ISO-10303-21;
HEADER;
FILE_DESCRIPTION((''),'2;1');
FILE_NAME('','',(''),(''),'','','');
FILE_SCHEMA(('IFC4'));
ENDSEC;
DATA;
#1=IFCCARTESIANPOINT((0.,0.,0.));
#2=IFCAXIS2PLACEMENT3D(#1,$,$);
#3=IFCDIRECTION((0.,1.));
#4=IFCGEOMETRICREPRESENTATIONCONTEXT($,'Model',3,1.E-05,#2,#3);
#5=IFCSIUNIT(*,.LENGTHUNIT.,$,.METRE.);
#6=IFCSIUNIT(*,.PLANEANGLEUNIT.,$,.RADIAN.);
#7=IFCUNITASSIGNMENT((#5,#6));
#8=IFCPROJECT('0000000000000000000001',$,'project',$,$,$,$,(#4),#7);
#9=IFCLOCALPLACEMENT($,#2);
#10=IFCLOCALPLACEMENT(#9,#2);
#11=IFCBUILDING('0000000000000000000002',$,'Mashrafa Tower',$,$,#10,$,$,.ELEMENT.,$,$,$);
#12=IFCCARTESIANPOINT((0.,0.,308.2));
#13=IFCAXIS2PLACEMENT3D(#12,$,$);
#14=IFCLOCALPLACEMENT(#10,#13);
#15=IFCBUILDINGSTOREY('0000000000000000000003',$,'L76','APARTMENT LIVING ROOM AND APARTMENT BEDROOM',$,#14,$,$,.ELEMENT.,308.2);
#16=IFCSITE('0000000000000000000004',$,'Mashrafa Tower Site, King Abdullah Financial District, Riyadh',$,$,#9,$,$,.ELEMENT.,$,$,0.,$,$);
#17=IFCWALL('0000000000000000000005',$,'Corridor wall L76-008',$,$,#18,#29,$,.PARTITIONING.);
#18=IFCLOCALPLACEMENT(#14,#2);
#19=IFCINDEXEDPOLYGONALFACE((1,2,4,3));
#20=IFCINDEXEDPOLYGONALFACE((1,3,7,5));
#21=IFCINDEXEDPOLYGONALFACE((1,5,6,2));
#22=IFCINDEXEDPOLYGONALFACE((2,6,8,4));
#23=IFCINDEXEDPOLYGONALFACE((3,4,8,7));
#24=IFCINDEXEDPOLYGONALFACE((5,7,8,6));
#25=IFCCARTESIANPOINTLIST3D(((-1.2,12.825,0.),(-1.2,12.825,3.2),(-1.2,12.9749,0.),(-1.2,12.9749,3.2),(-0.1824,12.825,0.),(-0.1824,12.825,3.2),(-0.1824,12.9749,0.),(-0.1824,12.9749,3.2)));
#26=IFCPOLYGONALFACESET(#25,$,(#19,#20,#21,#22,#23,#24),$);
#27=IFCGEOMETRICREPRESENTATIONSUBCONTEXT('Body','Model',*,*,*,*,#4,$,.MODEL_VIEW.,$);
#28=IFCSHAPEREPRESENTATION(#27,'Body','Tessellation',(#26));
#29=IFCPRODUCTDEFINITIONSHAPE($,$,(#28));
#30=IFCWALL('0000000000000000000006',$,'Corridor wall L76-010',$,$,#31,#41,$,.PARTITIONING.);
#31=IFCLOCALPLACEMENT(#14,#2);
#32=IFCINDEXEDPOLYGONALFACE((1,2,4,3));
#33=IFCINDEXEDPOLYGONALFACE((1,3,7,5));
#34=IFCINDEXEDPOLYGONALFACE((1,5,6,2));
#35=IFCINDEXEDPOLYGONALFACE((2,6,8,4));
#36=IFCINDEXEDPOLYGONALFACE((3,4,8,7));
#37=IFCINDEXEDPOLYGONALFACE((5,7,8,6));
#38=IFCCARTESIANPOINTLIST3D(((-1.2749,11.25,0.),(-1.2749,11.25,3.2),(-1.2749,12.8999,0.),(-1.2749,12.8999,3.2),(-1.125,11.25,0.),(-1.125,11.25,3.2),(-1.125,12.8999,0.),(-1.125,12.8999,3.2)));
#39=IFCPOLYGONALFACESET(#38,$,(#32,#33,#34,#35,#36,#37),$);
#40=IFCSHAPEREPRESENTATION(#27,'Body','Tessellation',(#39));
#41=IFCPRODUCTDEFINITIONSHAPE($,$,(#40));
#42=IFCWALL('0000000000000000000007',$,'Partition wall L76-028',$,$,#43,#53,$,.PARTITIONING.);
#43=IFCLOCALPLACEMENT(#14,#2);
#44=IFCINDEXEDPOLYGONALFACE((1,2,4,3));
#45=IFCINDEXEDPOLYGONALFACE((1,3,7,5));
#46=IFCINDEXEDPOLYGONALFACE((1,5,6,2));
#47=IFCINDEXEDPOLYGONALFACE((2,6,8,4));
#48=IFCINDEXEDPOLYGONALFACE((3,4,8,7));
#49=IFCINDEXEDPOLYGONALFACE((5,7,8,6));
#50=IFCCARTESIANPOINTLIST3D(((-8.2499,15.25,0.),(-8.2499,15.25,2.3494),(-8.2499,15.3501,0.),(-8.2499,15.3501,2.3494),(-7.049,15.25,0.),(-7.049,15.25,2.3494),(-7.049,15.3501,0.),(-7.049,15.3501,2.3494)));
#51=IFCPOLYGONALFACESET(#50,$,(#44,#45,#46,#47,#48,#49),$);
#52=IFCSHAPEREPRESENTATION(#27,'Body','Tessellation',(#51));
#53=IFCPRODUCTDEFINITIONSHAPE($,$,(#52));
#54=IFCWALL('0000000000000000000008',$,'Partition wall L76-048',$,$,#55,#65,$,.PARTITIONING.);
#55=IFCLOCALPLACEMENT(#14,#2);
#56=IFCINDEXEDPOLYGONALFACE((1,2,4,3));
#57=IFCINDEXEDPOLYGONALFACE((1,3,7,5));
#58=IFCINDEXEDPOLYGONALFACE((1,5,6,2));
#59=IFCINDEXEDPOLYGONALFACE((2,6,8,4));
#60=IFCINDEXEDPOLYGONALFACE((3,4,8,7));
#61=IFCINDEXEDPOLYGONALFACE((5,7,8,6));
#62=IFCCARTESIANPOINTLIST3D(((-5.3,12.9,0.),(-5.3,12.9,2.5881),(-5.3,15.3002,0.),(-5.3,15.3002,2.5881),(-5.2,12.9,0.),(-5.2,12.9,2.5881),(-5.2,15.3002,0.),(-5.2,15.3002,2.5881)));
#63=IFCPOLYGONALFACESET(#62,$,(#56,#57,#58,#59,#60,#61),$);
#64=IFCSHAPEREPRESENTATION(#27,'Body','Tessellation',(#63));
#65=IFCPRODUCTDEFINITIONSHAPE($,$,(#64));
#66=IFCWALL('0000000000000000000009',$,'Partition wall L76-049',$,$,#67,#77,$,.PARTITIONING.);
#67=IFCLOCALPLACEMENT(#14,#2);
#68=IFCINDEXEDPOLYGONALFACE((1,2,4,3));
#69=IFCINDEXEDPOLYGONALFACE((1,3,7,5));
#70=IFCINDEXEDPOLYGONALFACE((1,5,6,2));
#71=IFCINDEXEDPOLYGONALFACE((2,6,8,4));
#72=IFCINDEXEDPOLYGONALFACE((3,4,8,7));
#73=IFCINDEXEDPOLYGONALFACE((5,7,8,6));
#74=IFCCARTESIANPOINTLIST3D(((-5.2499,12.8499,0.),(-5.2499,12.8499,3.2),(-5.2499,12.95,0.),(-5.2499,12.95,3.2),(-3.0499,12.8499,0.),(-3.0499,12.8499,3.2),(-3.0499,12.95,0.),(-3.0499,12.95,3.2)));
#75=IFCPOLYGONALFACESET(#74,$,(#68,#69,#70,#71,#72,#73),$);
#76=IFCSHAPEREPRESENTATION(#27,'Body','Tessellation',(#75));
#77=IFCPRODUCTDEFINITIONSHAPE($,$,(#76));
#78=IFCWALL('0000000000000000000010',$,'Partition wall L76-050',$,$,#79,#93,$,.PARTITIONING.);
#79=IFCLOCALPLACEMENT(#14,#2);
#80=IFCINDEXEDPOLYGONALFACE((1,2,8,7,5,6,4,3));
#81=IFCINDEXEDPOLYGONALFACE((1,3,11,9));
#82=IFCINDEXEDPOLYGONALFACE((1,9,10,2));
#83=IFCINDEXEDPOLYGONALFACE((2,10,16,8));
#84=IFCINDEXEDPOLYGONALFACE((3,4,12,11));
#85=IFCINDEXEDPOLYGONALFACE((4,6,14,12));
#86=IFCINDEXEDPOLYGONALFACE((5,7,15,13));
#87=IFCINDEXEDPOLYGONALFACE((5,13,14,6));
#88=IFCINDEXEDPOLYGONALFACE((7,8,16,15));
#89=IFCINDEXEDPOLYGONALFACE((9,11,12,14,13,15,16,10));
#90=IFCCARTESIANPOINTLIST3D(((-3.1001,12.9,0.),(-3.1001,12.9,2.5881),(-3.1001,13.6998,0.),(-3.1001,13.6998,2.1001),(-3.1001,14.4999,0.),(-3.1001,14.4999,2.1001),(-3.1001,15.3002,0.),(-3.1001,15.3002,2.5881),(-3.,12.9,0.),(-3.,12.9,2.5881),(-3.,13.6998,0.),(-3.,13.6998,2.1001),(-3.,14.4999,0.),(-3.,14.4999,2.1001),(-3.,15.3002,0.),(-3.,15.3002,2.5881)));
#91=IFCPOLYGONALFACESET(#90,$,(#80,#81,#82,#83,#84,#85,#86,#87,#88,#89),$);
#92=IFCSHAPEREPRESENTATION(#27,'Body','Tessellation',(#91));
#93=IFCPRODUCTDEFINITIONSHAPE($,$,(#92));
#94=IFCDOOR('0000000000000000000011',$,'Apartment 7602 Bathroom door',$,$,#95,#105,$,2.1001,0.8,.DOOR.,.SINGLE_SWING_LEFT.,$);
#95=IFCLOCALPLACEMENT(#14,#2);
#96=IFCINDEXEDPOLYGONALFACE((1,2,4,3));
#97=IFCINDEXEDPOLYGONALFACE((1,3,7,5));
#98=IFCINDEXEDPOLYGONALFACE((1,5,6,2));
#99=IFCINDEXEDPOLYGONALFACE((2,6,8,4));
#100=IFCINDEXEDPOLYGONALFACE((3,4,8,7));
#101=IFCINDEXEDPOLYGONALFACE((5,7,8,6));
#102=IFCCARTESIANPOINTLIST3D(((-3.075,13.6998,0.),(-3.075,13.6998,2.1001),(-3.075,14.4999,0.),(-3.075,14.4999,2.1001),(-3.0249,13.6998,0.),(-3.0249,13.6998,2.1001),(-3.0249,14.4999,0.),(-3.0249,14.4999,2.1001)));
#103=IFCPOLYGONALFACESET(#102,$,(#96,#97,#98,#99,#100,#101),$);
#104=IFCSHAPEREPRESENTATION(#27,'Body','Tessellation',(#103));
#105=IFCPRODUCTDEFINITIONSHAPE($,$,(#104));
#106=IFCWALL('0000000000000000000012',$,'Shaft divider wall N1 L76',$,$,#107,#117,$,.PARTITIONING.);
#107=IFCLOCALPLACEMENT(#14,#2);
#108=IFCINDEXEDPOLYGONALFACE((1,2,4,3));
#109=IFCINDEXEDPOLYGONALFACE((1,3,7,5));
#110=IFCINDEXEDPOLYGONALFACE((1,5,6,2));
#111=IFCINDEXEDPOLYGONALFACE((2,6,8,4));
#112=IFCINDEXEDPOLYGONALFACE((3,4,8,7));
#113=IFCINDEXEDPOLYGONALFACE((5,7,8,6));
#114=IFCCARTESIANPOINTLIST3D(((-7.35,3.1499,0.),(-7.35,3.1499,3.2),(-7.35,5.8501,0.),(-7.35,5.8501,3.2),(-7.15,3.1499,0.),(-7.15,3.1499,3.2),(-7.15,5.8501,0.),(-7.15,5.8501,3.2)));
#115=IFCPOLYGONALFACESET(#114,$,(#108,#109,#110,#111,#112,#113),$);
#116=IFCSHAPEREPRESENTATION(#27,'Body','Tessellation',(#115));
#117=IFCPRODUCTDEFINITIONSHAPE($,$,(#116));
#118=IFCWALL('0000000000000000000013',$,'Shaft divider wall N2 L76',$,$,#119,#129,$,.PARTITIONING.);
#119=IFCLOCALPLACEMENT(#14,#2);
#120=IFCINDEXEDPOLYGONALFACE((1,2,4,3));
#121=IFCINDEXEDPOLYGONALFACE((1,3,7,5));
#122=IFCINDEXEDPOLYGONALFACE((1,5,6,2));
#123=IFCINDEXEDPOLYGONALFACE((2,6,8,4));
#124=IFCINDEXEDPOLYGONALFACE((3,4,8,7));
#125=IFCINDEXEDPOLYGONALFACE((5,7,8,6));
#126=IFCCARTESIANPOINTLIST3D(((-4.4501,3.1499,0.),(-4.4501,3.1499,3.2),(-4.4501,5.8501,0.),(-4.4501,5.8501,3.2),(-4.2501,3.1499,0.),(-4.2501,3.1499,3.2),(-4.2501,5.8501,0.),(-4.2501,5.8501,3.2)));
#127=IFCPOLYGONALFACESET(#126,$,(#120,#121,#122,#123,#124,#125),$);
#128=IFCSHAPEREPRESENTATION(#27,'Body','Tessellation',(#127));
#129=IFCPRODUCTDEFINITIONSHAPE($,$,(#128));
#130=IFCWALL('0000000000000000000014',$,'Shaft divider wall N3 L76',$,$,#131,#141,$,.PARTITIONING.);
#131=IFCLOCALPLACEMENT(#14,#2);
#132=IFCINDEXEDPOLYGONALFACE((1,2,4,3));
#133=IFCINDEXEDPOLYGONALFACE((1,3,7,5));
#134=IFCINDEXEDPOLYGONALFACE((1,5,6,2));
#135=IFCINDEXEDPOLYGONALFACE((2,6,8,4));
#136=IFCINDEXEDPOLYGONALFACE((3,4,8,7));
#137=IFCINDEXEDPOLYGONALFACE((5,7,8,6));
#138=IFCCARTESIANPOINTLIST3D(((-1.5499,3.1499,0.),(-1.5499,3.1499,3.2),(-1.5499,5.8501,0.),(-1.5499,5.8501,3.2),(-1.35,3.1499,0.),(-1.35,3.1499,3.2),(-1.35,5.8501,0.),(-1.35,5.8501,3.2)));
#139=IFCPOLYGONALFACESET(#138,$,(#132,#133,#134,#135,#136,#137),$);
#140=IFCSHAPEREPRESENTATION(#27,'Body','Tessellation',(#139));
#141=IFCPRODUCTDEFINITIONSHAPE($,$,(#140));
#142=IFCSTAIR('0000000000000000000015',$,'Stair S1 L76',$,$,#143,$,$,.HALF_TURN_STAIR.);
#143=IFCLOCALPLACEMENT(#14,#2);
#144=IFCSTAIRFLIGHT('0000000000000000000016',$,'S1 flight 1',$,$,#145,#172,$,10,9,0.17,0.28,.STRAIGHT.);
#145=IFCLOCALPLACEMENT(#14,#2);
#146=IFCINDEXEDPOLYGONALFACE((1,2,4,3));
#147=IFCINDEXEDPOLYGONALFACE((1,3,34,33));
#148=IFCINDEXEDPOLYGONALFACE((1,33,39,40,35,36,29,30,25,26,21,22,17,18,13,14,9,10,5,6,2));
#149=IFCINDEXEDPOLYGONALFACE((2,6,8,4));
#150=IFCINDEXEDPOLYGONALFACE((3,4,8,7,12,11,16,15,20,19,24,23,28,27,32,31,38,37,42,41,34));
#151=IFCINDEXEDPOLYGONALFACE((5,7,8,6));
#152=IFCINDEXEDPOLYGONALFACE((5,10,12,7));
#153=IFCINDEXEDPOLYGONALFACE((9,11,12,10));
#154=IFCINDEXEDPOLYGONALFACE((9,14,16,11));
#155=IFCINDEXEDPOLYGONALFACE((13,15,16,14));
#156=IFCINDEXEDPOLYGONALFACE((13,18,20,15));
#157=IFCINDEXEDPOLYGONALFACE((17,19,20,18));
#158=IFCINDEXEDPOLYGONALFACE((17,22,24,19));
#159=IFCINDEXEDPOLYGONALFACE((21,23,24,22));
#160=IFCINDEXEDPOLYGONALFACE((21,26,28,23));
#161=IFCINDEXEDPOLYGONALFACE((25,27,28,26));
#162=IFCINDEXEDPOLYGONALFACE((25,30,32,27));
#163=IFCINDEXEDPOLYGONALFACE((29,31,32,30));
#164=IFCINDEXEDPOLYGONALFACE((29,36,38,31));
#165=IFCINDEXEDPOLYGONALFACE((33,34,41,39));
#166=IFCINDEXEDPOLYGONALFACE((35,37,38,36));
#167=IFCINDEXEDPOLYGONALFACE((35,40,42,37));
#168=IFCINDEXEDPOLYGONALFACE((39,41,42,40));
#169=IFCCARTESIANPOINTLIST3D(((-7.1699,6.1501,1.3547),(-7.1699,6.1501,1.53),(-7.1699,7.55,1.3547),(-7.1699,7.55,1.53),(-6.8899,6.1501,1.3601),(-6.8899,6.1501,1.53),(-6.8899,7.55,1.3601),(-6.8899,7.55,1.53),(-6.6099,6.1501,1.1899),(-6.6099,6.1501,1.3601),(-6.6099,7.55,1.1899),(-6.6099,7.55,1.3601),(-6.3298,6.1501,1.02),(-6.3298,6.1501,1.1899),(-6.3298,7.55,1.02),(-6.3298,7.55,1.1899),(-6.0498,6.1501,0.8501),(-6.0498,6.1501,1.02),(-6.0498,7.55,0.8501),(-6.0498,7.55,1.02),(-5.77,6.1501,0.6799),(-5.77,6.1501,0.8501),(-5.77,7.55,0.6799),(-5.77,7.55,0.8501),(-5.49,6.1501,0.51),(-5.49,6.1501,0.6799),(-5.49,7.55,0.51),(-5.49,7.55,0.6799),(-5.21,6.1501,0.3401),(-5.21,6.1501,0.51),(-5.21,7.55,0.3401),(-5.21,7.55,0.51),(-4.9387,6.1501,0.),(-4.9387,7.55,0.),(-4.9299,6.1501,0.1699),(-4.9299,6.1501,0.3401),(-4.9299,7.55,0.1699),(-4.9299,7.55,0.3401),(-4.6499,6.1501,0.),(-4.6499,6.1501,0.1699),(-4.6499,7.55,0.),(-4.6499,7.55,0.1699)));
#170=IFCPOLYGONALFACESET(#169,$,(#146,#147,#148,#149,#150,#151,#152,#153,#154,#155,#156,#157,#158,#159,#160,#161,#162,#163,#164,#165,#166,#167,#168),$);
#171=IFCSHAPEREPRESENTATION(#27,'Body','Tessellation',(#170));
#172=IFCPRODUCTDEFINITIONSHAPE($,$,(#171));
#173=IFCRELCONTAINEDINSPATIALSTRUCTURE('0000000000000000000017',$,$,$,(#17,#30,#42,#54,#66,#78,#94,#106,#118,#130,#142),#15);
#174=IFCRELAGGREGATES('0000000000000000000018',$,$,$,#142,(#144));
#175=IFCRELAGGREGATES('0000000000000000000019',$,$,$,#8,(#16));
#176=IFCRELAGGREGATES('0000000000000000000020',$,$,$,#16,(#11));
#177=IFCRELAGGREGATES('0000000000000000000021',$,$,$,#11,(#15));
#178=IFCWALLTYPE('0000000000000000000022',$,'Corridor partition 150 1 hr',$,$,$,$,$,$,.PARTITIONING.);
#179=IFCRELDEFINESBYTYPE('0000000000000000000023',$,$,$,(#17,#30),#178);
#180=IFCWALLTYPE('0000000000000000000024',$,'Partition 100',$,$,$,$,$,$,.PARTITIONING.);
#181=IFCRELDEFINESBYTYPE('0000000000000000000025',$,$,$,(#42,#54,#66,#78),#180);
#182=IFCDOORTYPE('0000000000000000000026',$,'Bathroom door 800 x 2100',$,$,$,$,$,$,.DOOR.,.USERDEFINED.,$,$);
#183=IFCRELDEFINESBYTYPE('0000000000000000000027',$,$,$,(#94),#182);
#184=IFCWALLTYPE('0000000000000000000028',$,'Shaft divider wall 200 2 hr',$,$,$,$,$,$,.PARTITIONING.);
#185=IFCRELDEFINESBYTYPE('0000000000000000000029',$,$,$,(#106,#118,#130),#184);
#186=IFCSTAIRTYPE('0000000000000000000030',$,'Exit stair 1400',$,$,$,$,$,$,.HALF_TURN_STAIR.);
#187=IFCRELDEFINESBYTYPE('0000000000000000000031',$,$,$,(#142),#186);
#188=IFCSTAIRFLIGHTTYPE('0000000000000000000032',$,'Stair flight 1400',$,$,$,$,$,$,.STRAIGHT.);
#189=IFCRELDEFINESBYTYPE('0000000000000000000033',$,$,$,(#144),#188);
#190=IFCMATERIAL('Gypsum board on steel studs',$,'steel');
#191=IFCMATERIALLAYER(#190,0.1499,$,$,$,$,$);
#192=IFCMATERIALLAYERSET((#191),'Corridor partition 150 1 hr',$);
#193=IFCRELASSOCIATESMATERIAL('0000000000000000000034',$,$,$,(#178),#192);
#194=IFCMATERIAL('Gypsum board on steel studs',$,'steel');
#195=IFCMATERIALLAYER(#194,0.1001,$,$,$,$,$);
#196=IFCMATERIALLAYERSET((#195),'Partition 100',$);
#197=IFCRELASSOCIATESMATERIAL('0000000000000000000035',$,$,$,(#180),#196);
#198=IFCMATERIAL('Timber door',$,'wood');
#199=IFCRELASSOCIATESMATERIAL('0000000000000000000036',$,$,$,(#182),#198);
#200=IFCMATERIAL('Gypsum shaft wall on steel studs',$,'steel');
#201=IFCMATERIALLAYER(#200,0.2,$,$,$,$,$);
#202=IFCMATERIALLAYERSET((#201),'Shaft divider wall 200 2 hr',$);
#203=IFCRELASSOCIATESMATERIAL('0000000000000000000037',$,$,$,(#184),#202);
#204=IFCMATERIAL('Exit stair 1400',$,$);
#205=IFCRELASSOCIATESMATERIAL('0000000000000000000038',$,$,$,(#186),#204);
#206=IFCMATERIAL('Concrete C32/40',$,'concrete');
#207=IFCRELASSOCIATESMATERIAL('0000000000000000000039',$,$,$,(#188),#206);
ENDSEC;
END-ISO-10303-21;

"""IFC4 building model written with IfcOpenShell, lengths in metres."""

from ifc_helpers import new_model, si_unit, direction, frame, frame_2d, origin, place, context, subcontext, project, spatial, polyline, rectangle, outline, extrude, material, layer, layer_set, type_object, element, fill, aggregate, save


model = new_model("IFC4")

# Units and contexts
model_context = context("Model", 3, precision=1e-05, world=origin(), true_north=direction((0.0, 1.0)))
body_context = subcontext(model_context, "Body", "Model", "MODEL_VIEW")
ifc_project = project(units=[si_unit("LENGTHUNIT", "METRE"), si_unit("PLANEANGLEUNIT", "RADIAN")], contexts=[model_context])

# Site, building, storey
site_placement = place(None, origin())
site = spatial("IfcSite", under=ifc_project, at=site_placement, Name="Mashrafa Tower Site, King Abdullah Financial District, Riyadh", CompositionType="ELEMENT", RefElevation=0.0)
building_placement = place(site_placement, origin())
building = spatial("IfcBuilding", under=site, at=building_placement, Name="Mashrafa Tower", CompositionType="ELEMENT")
storey_placement = place(building_placement, frame((0.0, 0.0, 308.2)))
storey = spatial("IfcBuildingStorey", under=building, at=storey_placement, Name="L76", Description="APARTMENT LIVING ROOM AND APARTMENT BEDROOM", CompositionType="ELEMENT", Elevation=308.2)

# Walls
ifc_material_1 = material(Name="Gypsum board on steel studs", Category="steel")
ifc_layer_1 = layer(ifc_material_1, 0.1499)
ifc_layer_set_1 = layer_set([ifc_layer_1], Name="Corridor partition 150 1 hr")
wall_type_1 = type_object("IfcWallType", Name="Corridor partition 150 1 hr", PredefinedType="PARTITIONING", material=ifc_layer_set_1)
wall_1_placement = place(storey_placement, frame((-0.1824, 12.8999, 0.0), z_axis=(0.0, 0.0, 1.0), x_axis=(-1.0, 0.0, 0.0)))
element("IfcWall", 1, at=wall_1_placement, inside=storey, type_object=wall_type_1, Name="Corridor wall L76-008", PredefinedType="PARTITIONING", context=body_context, shape_type="SweptSolid", body=[
    extrude(rectangle(XDim=1.0176, YDim=0.1499, at=frame_2d((0.5088, 0.0))), origin(), (0.0, 0.0, 1.0), 3.2),
])
wall_2_placement = place(storey_placement, frame((-1.2, 12.8999, 0.0), z_axis=(0.0, 0.0, 1.0), x_axis=(0.0, -1.0, 0.0)))
element("IfcWall", 2, at=wall_2_placement, inside=storey, type_object=wall_type_1, Name="Corridor wall L76-010", PredefinedType="PARTITIONING", context=body_context, shape_type="SweptSolid", body=[
    extrude(rectangle(XDim=1.6499, YDim=0.1499, at=frame_2d((0.825, 0.0))), origin(), (0.0, 0.0, 1.0), 3.2),
])
ifc_material_2 = material(Name="Gypsum board on steel studs", Category="steel")
ifc_layer_2 = layer(ifc_material_2, 0.1001)
ifc_layer_set_2 = layer_set([ifc_layer_2], Name="Partition 100")
wall_type_2 = type_object("IfcWallType", Name="Partition 100", PredefinedType="PARTITIONING", material=ifc_layer_set_2)
wall_3_placement = place(storey_placement, frame((-8.25, 15.3, 0.0), z_axis=(0.0, 0.0, 1.0), x_axis=(1.0, 0.0, 0.0)))
element("IfcWall", 3, at=wall_3_placement, inside=storey, type_object=wall_type_2, Name="Partition wall L76-028", PredefinedType="PARTITIONING", context=body_context, shape_type="SweptSolid", body=[
    extrude(rectangle(XDim=1.2009, YDim=0.1001, at=frame_2d((0.6006, 0.0))), origin(), (0.0, 0.0, 1.0), 2.3494),
])
wall_4_placement = place(storey_placement, frame((-5.25, 12.8999, 0.0), z_axis=(0.0, 0.0, 1.0), x_axis=(0.0, 1.0, 0.0)))
element("IfcWall", 4, at=wall_4_placement, inside=storey, type_object=wall_type_2, Name="Partition wall L76-048", PredefinedType="PARTITIONING", context=body_context, shape_type="SweptSolid", body=[
    extrude(rectangle(XDim=2.4001, YDim=0.1001, at=frame_2d((1.2002, 0.0))), origin(), (0.0, 0.0, 1.0), 2.5881),
])
wall_5_placement = place(storey_placement, frame((-5.25, 12.8999, 0.0), z_axis=(0.0, 0.0, 1.0), x_axis=(1.0, 0.0, 0.0)))
element("IfcWall", 5, at=wall_5_placement, inside=storey, type_object=wall_type_2, Name="Partition wall L76-049", PredefinedType="PARTITIONING", context=body_context, shape_type="SweptSolid", body=[
    extrude(rectangle(XDim=2.2, YDim=0.1001, at=frame_2d((1.1001, 0.0))), origin(), (0.0, 0.0, 1.0), 3.2),
])

# Wall, opening, door
wall_6_placement = place(storey_placement, frame((-3.05, 12.8999, 0.0), z_axis=(0.0, 0.0, 1.0), x_axis=(0.0, 1.0, 0.0)))
wall_6 = element("IfcWall", 6, at=wall_6_placement, inside=storey, type_object=wall_type_2, Name="Partition wall L76-050", PredefinedType="PARTITIONING", context=body_context, shape_type="SweptSolid", body=[
    extrude(rectangle(XDim=2.4001, YDim=0.1001, at=frame_2d((1.2002, 0.0))), origin(), (0.0, 0.0, 1.0), 2.5881),
])
opening_1_placement = place(wall_6_placement, frame((0.8, 0.0, 0.0)))
opening_1 = element("IfcOpeningElement", 7, at=opening_1_placement, cuts=wall_6, PredefinedType="OPENING", context=body_context, shape_type="SweptSolid", body=[
    extrude(rectangle(XDim=0.8, YDim=2.1001, at=frame_2d((0.3999, 1.05))), frame((0.0, 0.0601, 0.0), z_axis=(0.0, -1.0, 0.0), x_axis=(1.0, 0.0, 0.0)), (0.0, 0.0, 1.0), 0.1201),
])
ifc_material_3 = material(Name="Timber door", Category="wood")
door_type_1 = type_object("IfcDoorType", Name="Bathroom door 800 x 2100", OperationType="USERDEFINED", PredefinedType="DOOR", material=ifc_material_3)
door_1_placement = place(opening_1_placement, origin())
door_1 = element("IfcDoor", 8, at=door_1_placement, inside=storey, type_object=door_type_1, Name="Apartment 7602 Bathroom door", OperationType="SINGLE_SWING_LEFT", OverallHeight=2.1001, OverallWidth=0.8, PredefinedType="DOOR", context=body_context, shape_type="SweptSolid", body=[
    extrude(rectangle(XDim=0.8, YDim=2.1001, at=frame_2d((0.3999, 1.05))), frame((0.0, 0.0249, 0.0), z_axis=(0.0, -1.0, 0.0), x_axis=(1.0, 0.0, 0.0)), (0.0, 0.0, 1.0), 0.05),
])
fill(opening_1, door_1)

# Walls
ifc_material_4 = material(Name="Gypsum shaft wall on steel studs", Category="steel")
ifc_layer_3 = layer(ifc_material_4, 0.2)
ifc_layer_set_3 = layer_set([ifc_layer_3], Name="Shaft divider wall 200 2 hr")
wall_type_3 = type_object("IfcWallType", Name="Shaft divider wall 200 2 hr", PredefinedType="PARTITIONING", material=ifc_layer_set_3)
for number, where, z_axis, x_axis, name in (
    (9, (-7.25, 3.1499, 0.0), (0.0, 0.0, 1.0), (0.0, 1.0, 0.0), "Shaft divider wall N1 L76"),
    (10, (-4.3501, 3.1499, 0.0), (0.0, 0.0, 1.0), (0.0, 1.0, 0.0), "Shaft divider wall N2 L76"),
    (11, (-1.45, 3.1499, 0.0), (0.0, 0.0, 1.0), (0.0, 1.0, 0.0), "Shaft divider wall N3 L76"),
):
    element("IfcWall", number, at=place(storey_placement, frame(where, z_axis=z_axis, x_axis=x_axis)), inside=storey, type_object=wall_type_3, Name=name, PredefinedType="PARTITIONING", context=body_context, shape_type="SweptSolid", body=[
        extrude(rectangle(XDim=2.7002, YDim=0.2, at=frame_2d((1.3501, 0.0))), origin(), (0.0, 0.0, 1.0), 3.2),
    ])

# Stair, stair flight
ifc_material_5 = material(Name="Exit stair 1400")
stair_type = type_object("IfcStairType", Name="Exit stair 1400", PredefinedType="HALF_TURN_STAIR", material=ifc_material_5)
stair_placement = place(storey_placement, origin())
stair = element("IfcStair", 12, at=stair_placement, inside=storey, type_object=stair_type, Name="Stair S1 L76", PredefinedType="HALF_TURN_STAIR")
ifc_material_6 = material(Name="Concrete C32/40", Category="concrete")
stair_flight_type = type_object("IfcStairFlightType", Name="Stair flight 1400", PredefinedType="STRAIGHT", material=ifc_material_6)
stair_flight_1_placement = place(storey_placement, frame((-4.6499, 6.8501, 0.0), z_axis=(0.0, 0.0, 1.0), x_axis=(-1.0, 0.0, 0.0)))
stair_flight_1 = element("IfcStairFlight", 13, at=stair_flight_1_placement, type_object=stair_flight_type, Name="S1 flight 1", NumberOfRisers=10, NumberOfTreads=9, PredefinedType="STRAIGHT", RiserHeight=0.17, TreadLength=0.28, context=body_context, shape_type="SweptSolid", body=[
    extrude(outline(polyline([(0.0, 0.0), (0.0, 0.1699), (0.28, 0.1699), (0.28, 0.3401), (0.5601, 0.3401), (0.5601, 0.51), (0.8401, 0.51), (0.8401, 0.6799), (1.1201, 0.6799), (1.1201, 0.8501), (1.3999, 0.8501), (1.3999, 1.02), (1.6799, 1.02), (1.6799, 1.1899), (1.96, 1.1899), (1.96, 1.3601), (2.24, 1.3601), (2.24, 1.53), (2.52, 1.53), (2.52, 1.7), (2.52, 1.3547), (0.2888, 0.0), (0.0, 0.0)])), frame((0.0, 0.7, 0.0), z_axis=(0.0, -1.0, 0.0), x_axis=(1.0, 0.0, 0.0)), (0.0, 0.0, 1.0), 1.3999),
])
aggregate(stair, [stair_flight_1])

save(model, "model.ifc")
